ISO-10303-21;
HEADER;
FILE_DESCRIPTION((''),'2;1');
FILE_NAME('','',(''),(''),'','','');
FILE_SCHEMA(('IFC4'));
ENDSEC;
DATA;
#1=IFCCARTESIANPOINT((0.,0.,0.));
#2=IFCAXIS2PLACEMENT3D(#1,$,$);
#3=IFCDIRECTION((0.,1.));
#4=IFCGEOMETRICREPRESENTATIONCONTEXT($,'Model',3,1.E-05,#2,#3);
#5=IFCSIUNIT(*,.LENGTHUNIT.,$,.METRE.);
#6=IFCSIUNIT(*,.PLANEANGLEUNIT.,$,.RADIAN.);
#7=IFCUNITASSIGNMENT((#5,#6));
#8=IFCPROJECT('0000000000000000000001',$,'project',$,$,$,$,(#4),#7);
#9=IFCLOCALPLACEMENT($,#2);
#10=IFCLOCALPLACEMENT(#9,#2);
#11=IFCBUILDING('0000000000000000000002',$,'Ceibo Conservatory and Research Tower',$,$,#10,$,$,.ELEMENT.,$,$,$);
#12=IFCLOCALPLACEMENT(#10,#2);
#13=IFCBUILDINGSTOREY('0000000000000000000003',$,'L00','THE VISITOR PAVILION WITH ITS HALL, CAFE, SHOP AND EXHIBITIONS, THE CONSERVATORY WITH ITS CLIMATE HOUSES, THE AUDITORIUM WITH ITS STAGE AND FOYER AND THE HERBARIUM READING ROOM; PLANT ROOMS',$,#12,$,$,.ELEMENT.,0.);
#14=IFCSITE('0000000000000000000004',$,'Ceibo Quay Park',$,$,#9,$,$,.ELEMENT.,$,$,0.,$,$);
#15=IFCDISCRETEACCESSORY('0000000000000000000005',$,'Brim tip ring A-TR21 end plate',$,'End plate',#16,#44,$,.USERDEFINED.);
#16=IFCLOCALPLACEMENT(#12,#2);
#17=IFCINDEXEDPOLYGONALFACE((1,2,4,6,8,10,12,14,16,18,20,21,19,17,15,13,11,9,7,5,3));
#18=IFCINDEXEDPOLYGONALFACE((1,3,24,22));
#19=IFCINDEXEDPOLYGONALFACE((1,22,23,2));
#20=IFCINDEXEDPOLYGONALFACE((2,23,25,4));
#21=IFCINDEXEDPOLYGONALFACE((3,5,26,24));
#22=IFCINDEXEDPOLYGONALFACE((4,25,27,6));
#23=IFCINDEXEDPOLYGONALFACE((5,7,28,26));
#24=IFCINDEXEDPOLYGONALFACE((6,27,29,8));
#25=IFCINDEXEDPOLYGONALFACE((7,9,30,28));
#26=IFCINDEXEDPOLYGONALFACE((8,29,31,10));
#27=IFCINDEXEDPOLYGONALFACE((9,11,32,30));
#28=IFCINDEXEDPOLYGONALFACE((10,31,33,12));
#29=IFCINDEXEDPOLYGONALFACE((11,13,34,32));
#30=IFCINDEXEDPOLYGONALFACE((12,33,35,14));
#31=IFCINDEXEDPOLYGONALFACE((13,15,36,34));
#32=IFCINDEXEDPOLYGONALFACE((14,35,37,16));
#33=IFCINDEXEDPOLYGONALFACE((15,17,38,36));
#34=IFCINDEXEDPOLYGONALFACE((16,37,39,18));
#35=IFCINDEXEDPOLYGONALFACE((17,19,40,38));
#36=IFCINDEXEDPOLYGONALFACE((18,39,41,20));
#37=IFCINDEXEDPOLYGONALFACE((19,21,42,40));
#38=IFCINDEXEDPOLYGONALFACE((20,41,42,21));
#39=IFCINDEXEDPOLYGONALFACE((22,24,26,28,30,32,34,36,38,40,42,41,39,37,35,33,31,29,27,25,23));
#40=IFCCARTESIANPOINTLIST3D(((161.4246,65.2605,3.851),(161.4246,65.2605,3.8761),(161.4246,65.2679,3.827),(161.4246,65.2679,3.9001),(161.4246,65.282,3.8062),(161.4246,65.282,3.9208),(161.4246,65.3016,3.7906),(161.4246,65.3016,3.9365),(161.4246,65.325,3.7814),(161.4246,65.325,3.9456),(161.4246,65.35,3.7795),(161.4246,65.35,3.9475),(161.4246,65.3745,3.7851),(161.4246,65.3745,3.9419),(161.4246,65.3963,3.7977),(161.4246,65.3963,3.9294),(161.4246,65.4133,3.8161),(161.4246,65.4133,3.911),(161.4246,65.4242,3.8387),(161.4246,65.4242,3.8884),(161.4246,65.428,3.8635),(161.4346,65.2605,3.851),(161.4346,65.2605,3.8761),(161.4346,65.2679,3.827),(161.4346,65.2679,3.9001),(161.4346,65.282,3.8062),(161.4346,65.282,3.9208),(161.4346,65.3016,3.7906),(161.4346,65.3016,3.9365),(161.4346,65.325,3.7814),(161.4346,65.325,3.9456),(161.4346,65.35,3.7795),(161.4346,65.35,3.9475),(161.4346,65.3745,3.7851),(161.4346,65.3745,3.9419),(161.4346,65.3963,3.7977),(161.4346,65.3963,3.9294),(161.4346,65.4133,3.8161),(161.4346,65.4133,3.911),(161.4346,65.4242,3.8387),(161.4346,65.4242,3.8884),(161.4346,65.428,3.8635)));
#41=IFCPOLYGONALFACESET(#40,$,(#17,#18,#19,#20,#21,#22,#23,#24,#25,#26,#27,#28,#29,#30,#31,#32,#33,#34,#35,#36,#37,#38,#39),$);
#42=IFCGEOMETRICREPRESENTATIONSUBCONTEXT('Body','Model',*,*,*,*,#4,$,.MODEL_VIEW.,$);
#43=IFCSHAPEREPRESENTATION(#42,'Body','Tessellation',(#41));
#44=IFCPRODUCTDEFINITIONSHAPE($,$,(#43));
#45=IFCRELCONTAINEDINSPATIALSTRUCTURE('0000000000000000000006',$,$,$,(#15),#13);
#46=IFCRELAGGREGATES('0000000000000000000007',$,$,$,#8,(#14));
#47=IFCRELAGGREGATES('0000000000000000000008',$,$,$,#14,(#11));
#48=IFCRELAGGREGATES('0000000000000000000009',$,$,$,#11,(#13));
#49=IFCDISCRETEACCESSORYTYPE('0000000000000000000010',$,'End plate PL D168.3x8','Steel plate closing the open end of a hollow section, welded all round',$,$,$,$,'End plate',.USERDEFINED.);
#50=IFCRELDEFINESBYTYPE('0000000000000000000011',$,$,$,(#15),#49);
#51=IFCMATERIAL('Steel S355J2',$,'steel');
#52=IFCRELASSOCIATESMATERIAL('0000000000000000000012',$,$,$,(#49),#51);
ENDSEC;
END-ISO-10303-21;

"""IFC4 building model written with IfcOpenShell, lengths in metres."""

from ifc_helpers import new_model, si_unit, direction, frame, origin, origin_2d, place, context, subcontext, project, spatial, circle, extrude, material, material_profile, profile_set, type_object, element, save


model = new_model("IFC4")

# Units and contexts
model_context = context("Model", 3, precision=1e-05, world=origin(), true_north=direction((0.0, 1.0)))
body_context = subcontext(model_context, "Body", "Model", "MODEL_VIEW")
ifc_project = project(units=[si_unit("LENGTHUNIT", "METRE"), si_unit("PLANEANGLEUNIT", "RADIAN")], contexts=[model_context])

# Site, building, storey
site_placement = place(None, origin())
site = spatial("IfcSite", under=ifc_project, at=site_placement, Name="Ceibo Quay Park", CompositionType="ELEMENT", RefElevation=0.0)
building_placement = place(site_placement, origin())
building = spatial("IfcBuilding", under=site, at=building_placement, Name="Ceibo Conservatory and Research Tower", CompositionType="ELEMENT")
storey_placement = place(building_placement, origin())
storey = spatial("IfcBuildingStorey", under=building, at=storey_placement, Name="L00", Description="THE VISITOR PAVILION WITH ITS HALL, CAFE, SHOP AND EXHIBITIONS, THE CONSERVATORY WITH ITS CLIMATE HOUSES, THE AUDITORIUM WITH ITS STAGE AND FOYER AND THE HERBARIUM READING ROOM; PLANT ROOMS", CompositionType="ELEMENT", Elevation=0.0)

# Discrete accessory
ifc_material_1 = material(Name="Steel S355J2", Category="steel")
ifc_material_profile_1 = material_profile(ifc_material_1, circle(Radius=0.0842, at=origin_2d()), Name="End plate PL D168.3x8")
ifc_profile_set_1 = profile_set([ifc_material_profile_1], Name="Steel S355J2")
discrete_accessory_type_1 = type_object("IfcDiscreteAccessoryType", Name="End plate PL D168.3x8", Description="Steel plate closing the open end of a hollow section, welded all round", ElementType="End plate", PredefinedType="USERDEFINED", material=ifc_profile_set_1)
discrete_accessory_1_placement = place(storey_placement, frame((161.4246, 65.3438, 3.8635), z_axis=(1.0, 0.0, 0.0), x_axis=(0.0, 1.0, 0.0)))
element("IfcDiscreteAccessory", 1, at=discrete_accessory_1_placement, inside=storey, type_object=discrete_accessory_type_1, Name="Brim tip ring A-TR21 end plate", ObjectType="End plate", PredefinedType="USERDEFINED", context=body_context, shape_type="SweptSolid", body=[
    extrude(circle(Radius=0.0842, at=origin_2d()), origin(), (0.0, 0.0, 1.0), 0.01),
])

save(model, "model.ifc")
